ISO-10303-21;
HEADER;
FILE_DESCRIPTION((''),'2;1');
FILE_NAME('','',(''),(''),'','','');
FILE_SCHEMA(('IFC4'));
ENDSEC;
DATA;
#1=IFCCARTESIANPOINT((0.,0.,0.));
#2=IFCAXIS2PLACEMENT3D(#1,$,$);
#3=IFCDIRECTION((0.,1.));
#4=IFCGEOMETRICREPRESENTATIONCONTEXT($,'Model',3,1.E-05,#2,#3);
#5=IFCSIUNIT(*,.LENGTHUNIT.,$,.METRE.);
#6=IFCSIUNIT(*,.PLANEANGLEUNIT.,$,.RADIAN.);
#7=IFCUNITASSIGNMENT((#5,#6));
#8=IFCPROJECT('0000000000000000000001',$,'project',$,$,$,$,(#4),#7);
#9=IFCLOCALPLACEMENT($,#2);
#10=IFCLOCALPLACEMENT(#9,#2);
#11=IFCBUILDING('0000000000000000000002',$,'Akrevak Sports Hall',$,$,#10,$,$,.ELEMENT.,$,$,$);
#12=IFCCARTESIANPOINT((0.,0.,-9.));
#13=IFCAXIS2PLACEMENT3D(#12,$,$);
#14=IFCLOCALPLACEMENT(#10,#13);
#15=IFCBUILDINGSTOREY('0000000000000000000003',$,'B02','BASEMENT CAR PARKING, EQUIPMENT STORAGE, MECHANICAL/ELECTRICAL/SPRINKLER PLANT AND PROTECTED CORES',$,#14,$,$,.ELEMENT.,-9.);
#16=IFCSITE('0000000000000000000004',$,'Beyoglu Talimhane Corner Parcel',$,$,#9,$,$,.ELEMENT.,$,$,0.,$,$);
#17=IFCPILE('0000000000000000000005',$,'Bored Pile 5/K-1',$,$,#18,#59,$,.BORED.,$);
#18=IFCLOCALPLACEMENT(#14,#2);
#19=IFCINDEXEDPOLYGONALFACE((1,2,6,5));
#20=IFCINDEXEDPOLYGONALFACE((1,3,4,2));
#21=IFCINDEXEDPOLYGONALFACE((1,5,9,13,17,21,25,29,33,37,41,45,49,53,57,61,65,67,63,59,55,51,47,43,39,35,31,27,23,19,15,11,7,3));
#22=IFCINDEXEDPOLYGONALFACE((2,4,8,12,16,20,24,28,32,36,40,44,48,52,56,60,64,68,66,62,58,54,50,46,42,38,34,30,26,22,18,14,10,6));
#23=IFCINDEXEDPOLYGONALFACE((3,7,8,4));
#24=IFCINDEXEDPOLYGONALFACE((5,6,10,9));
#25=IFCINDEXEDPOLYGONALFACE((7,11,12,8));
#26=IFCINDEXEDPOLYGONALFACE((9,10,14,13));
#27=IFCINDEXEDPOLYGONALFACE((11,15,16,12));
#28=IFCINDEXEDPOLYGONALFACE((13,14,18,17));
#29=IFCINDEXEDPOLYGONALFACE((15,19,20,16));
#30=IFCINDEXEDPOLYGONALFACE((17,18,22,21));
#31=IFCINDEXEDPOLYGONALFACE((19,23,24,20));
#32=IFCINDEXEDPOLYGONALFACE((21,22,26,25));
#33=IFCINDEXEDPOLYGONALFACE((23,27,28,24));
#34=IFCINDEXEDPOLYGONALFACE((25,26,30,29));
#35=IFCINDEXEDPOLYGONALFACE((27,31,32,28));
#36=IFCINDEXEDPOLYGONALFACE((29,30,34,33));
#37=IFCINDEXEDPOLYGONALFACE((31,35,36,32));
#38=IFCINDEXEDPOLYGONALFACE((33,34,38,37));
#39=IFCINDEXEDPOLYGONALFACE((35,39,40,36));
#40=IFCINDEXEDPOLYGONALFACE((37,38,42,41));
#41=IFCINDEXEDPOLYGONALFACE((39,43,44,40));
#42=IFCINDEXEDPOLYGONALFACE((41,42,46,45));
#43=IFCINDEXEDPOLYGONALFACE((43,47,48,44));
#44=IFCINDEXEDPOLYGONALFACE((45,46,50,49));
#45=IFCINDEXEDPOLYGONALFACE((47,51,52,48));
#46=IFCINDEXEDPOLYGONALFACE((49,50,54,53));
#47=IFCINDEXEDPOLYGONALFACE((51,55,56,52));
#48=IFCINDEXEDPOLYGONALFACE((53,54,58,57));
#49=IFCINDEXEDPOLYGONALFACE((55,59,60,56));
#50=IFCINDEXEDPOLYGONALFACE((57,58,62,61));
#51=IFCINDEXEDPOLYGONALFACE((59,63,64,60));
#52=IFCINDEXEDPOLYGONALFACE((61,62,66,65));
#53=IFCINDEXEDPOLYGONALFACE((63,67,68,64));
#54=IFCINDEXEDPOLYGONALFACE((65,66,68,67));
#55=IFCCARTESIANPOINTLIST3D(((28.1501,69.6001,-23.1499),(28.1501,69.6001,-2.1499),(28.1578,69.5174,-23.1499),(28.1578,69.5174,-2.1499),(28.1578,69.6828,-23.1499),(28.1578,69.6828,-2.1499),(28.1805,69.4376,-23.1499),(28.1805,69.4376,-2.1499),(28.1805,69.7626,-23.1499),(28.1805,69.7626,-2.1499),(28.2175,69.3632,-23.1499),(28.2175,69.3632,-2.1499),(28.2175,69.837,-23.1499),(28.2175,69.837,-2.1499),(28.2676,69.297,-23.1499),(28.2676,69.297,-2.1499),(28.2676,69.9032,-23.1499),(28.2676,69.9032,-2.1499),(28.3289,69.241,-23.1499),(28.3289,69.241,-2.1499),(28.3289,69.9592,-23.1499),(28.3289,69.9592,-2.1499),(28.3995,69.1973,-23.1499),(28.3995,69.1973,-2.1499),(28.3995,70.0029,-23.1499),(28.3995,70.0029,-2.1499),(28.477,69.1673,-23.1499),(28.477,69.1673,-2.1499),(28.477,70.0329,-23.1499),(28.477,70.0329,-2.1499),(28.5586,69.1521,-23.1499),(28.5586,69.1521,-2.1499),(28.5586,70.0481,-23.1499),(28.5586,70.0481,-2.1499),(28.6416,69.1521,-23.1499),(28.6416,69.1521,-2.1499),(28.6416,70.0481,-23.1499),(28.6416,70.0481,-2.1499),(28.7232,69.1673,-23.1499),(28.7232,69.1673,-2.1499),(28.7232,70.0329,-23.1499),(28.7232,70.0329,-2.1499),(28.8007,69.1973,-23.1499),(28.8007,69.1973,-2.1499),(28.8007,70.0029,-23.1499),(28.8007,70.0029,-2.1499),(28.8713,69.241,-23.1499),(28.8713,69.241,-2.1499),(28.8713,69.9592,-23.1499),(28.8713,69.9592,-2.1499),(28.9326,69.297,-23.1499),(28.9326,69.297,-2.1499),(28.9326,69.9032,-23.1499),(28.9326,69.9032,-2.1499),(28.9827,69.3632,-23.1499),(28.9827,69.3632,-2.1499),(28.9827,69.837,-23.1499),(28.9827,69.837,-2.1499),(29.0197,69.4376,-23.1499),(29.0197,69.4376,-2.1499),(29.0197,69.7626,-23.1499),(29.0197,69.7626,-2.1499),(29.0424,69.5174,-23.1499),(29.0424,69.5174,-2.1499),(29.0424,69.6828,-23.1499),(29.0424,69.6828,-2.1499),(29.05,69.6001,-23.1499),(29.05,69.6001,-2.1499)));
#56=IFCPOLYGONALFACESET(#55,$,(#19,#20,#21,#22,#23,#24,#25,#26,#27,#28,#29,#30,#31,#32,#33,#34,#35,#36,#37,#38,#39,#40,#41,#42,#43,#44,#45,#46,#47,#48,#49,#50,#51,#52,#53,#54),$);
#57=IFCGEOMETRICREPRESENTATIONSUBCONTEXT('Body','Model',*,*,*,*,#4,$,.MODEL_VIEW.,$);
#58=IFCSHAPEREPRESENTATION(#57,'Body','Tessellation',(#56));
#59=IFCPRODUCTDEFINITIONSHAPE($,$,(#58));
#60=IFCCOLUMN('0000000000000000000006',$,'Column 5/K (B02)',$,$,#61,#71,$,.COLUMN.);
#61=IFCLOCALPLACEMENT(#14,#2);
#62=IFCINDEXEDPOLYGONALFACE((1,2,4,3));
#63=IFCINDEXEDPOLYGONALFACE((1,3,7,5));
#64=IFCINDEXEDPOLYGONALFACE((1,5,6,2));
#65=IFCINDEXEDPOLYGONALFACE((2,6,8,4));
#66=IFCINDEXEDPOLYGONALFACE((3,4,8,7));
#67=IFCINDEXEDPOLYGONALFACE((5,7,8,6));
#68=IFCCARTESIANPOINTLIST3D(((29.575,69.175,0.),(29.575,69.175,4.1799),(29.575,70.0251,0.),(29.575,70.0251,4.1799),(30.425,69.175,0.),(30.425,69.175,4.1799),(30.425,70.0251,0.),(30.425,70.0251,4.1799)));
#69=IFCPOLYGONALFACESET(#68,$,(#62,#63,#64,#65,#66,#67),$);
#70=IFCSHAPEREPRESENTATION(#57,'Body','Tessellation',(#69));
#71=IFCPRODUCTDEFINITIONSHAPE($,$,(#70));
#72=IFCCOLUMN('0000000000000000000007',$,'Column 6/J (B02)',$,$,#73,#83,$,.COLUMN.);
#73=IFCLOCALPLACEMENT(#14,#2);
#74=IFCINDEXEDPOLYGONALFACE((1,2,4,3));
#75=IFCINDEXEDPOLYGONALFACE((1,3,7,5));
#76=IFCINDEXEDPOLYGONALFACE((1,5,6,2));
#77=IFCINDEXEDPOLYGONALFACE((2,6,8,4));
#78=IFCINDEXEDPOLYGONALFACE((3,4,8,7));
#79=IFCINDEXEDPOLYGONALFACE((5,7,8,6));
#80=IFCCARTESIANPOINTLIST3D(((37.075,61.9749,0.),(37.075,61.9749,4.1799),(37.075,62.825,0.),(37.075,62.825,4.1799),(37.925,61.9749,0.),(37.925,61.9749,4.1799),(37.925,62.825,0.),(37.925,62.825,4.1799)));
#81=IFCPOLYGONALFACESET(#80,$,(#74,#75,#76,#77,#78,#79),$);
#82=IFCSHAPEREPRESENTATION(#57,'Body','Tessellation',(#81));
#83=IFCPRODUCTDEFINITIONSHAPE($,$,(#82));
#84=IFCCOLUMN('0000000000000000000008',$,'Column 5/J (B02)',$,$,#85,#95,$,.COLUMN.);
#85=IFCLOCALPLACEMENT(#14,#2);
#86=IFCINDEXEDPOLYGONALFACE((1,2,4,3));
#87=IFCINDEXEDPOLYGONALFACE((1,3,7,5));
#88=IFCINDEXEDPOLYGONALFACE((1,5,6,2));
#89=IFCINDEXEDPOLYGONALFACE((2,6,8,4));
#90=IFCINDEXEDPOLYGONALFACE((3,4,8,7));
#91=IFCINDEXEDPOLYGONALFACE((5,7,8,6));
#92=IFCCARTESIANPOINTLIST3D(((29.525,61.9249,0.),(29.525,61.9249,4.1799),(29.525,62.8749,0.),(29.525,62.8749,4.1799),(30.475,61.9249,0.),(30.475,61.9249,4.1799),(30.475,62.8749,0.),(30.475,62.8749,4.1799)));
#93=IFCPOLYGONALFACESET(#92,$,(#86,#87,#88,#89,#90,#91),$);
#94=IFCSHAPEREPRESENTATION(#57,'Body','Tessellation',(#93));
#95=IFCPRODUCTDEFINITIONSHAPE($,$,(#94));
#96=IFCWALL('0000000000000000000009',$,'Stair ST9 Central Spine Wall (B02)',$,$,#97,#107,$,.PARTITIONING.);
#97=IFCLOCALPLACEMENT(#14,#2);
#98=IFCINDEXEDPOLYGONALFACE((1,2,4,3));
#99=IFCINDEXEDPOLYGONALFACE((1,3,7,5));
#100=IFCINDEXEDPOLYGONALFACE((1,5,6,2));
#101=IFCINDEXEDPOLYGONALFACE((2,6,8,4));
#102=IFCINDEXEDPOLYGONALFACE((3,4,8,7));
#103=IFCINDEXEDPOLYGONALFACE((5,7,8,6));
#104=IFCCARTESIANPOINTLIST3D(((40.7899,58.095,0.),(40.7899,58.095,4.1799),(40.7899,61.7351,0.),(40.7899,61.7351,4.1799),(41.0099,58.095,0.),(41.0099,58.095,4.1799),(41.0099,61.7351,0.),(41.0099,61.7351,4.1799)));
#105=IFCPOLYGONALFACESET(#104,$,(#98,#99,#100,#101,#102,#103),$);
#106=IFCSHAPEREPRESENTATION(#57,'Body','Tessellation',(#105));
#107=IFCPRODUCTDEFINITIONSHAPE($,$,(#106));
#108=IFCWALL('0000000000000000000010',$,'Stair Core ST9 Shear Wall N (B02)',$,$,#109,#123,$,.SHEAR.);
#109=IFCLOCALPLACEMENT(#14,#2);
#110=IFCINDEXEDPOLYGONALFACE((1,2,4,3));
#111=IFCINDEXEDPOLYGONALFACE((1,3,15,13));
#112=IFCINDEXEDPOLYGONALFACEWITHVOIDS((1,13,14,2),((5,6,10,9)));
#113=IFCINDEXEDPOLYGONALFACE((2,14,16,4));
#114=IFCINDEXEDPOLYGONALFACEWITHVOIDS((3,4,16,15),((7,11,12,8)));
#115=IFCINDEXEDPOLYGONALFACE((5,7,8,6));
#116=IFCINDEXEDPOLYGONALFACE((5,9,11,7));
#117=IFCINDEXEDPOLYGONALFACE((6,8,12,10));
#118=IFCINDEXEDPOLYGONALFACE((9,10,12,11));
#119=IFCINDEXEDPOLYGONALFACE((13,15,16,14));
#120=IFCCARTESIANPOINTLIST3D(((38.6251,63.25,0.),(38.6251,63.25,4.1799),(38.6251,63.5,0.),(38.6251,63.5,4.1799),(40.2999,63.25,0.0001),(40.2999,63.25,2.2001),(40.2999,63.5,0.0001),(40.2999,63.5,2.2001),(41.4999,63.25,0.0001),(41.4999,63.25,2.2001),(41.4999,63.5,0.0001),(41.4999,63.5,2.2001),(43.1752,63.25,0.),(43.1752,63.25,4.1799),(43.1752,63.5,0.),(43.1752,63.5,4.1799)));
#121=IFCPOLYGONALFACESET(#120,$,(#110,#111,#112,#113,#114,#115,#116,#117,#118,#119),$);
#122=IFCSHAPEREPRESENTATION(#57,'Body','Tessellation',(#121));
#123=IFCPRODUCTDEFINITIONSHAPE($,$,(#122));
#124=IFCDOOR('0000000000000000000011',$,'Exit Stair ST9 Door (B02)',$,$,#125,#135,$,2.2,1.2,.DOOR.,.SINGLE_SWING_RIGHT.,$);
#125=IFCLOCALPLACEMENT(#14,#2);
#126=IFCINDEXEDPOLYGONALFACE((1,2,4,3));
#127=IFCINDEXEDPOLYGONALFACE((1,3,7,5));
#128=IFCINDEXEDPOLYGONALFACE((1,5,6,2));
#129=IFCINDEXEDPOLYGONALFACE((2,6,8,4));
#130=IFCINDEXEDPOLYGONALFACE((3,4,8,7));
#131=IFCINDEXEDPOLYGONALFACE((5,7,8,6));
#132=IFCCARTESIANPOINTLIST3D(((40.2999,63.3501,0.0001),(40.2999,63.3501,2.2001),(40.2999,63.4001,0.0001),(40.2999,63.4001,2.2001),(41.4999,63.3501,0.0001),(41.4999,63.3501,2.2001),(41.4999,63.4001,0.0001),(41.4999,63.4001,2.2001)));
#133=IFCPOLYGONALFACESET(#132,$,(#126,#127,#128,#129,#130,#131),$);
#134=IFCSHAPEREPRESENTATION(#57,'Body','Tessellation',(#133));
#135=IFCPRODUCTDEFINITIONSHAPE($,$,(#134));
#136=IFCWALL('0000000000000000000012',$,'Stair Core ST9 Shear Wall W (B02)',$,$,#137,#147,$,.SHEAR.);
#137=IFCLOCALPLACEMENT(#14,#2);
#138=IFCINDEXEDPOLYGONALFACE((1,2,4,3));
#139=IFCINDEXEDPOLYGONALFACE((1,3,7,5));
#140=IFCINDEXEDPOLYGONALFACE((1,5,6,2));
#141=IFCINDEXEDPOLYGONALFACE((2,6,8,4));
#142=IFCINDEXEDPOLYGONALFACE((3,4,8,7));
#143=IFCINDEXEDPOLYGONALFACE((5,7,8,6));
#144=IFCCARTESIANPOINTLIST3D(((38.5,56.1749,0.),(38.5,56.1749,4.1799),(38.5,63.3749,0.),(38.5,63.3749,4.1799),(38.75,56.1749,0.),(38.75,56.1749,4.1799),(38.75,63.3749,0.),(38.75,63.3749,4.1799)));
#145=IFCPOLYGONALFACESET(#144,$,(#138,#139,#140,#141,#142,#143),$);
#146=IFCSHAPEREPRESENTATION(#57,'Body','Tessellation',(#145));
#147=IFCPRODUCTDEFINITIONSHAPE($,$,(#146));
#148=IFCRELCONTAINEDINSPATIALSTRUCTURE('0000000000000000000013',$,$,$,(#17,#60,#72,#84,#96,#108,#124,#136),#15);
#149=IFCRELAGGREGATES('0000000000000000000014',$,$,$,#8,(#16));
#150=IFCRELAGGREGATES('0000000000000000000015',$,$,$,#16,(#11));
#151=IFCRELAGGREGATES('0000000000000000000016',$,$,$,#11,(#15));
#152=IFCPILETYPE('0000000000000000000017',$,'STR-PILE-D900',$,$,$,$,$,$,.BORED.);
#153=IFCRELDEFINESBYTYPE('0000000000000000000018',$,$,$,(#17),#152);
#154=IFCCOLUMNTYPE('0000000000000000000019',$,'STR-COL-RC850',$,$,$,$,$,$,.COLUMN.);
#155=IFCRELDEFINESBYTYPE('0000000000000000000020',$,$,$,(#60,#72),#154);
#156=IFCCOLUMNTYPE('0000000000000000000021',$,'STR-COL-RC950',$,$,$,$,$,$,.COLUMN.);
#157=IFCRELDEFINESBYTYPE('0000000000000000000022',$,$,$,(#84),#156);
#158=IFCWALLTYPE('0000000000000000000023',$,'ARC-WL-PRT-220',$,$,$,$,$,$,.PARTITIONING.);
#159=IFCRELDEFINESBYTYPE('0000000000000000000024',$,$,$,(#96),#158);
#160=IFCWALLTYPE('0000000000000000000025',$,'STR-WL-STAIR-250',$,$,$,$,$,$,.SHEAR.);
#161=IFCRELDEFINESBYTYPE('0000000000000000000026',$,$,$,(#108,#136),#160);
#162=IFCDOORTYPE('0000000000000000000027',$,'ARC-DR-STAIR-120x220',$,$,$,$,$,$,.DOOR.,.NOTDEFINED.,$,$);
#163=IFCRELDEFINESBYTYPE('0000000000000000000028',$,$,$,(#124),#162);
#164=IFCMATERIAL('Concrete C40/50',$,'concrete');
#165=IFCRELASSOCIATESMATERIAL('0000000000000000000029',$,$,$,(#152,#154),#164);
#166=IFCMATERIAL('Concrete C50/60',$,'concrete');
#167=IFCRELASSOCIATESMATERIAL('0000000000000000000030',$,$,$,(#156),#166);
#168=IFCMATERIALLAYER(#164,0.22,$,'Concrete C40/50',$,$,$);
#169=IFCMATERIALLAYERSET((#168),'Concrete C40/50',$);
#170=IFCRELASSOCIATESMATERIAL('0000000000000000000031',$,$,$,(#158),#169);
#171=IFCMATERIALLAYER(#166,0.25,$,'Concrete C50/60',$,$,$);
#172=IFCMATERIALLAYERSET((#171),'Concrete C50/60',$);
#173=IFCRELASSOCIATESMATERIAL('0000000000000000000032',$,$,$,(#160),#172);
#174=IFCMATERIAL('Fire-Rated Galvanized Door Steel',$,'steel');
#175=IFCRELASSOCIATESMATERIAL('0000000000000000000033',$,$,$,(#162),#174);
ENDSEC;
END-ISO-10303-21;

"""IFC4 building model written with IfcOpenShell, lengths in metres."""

from ifc_helpers import new_model, si_unit, direction, frame, frame_2d, origin, origin_2d, place, context, subcontext, project, spatial, rectangle, circle, extrude, material, layer, layer_set, material_profile, profile_set, type_object, element, fill, save


model = new_model("IFC4")

# Units and contexts
model_context = context("Model", 3, precision=1e-05, world=origin(), true_north=direction((0.0, 1.0)))
body_context = subcontext(model_context, "Body", "Model", "MODEL_VIEW")
ifc_project = project(units=[si_unit("LENGTHUNIT", "METRE"), si_unit("PLANEANGLEUNIT", "RADIAN")], contexts=[model_context])

# Site, building, storey
site_placement = place(None, origin())
site = spatial("IfcSite", under=ifc_project, at=site_placement, Name="Beyoglu Talimhane Corner Parcel", CompositionType="ELEMENT", RefElevation=0.0)
building_placement = place(site_placement, origin())
building = spatial("IfcBuilding", under=site, at=building_placement, Name="Akrevak Sports Hall", CompositionType="ELEMENT")
storey_placement = place(building_placement, frame((0.0, 0.0, -9.0)))
storey = spatial("IfcBuildingStorey", under=building, at=storey_placement, Name="B02", Description="BASEMENT CAR PARKING, EQUIPMENT STORAGE, MECHANICAL/ELECTRICAL/SPRINKLER PLANT AND PROTECTED CORES", CompositionType="ELEMENT", Elevation=-9.0)

# Shared definitions
ifc_material_1 = material(Name="Concrete C40/50", Category="concrete")

# Pile
ifc_material_profile_1 = material_profile(ifc_material_1, circle(Radius=0.45, at=origin_2d()), Name="BORED PILE D900", Category="concrete")
ifc_profile_set_1 = profile_set([ifc_material_profile_1], Name="Concrete C40/50")
pile_type_1 = type_object("IfcPileType", Name="STR-PILE-D900", PredefinedType="BORED", material=ifc_profile_set_1)
pile_placement = place(storey_placement, frame((28.6001, 69.6001, -2.1499), z_axis=(0.0, 0.0, -1.0), x_axis=(1.0, 0.0, 0.0)))
element("IfcPile", 1, at=pile_placement, inside=storey, type_object=pile_type_1, Name="Bored Pile 5/K-1", PredefinedType="BORED", context=body_context, shape_type="SweptSolid", body=[
    extrude(circle(Radius=0.45, at=origin_2d()), origin(), (0.0, 0.0, 1.0), 21.0),
])

# Columns
ifc_material_profile_2 = material_profile(ifc_material_1, rectangle(XDim=0.8501, YDim=0.8501, at=origin_2d()), Name="RC 850x850", Category="concrete")
ifc_profile_set_2 = profile_set([ifc_material_profile_2], Name="Concrete C40/50")
column_type_1 = type_object("IfcColumnType", Name="STR-COL-RC850", PredefinedType="COLUMN", material=ifc_profile_set_2)
for number, where, z_axis, x_axis, name in (
    (2, (30.0, 69.6001, 0.0), (0.0, 0.0, 1.0), (1.0, 0.0, 0.0), "Column 5/K (B02)"),
    (3, (37.5, 62.3999, 0.0), (0.0, 0.0, 1.0), (1.0, 0.0, 0.0), "Column 6/J (B02)"),
):
    element("IfcColumn", number, at=place(storey_placement, frame(where, z_axis=z_axis, x_axis=x_axis)), inside=storey, type_object=column_type_1, Name=name, PredefinedType="COLUMN", context=body_context, shape_type="SweptSolid", body=[
        extrude(rectangle(XDim=0.8501, YDim=0.8501, at=origin_2d()), origin(), (0.0, 0.0, 1.0), 4.1799),
    ])
ifc_material_2 = material(Name="Concrete C50/60", Category="concrete")
ifc_material_profile_3 = material_profile(ifc_material_2, rectangle(XDim=0.95, YDim=0.95, at=origin_2d()), Name="RC 950x950", Category="concrete")
ifc_profile_set_3 = profile_set([ifc_material_profile_3], Name="Concrete C50/60")
column_type_2 = type_object("IfcColumnType", Name="STR-COL-RC950", PredefinedType="COLUMN", material=ifc_profile_set_3)
column_placement = place(storey_placement, frame((30.0, 62.3999, 0.0), z_axis=(0.0, 0.0, 1.0), x_axis=(1.0, 0.0, 0.0)))
element("IfcColumn", 4, at=column_placement, inside=storey, type_object=column_type_2, Name="Column 5/J (B02)", PredefinedType="COLUMN", context=body_context, shape_type="SweptSolid", body=[
    extrude(rectangle(XDim=0.95, YDim=0.95, at=origin_2d()), origin(), (0.0, 0.0, 1.0), 4.1799),
])

# Wall
ifc_layer_1 = layer(ifc_material_1, 0.22, Name="Concrete C40/50")
ifc_layer_set_1 = layer_set([ifc_layer_1], Name="Concrete C40/50")
wall_type_1 = type_object("IfcWallType", Name="ARC-WL-PRT-220", PredefinedType="PARTITIONING", material=ifc_layer_set_1)
wall_1_placement = place(storey_placement, frame((40.8999, 58.095, 0.0), z_axis=(0.0, 0.0, 1.0), x_axis=(0.0, 1.0, 0.0)))
element("IfcWall", 5, at=wall_1_placement, inside=storey, type_object=wall_type_1, Name="Stair ST9 Central Spine Wall (B02)", PredefinedType="PARTITIONING", context=body_context, shape_type="SweptSolid", body=[
    extrude(rectangle(XDim=3.6401, YDim=0.22, at=frame_2d((1.8201, 0.0))), origin(), (0.0, 0.0, 1.0), 4.1799),
])

# Wall, opening, door
ifc_layer_2 = layer(ifc_material_2, 0.25, Name="Concrete C50/60")
ifc_layer_set_2 = layer_set([ifc_layer_2], Name="Concrete C50/60")
wall_type_2 = type_object("IfcWallType", Name="STR-WL-STAIR-250", PredefinedType="SHEAR", material=ifc_layer_set_2)
wall_2_placement = place(storey_placement, frame((43.175, 63.375, 0.0), z_axis=(0.0, 0.0, 1.0), x_axis=(-1.0, 0.0, 0.0)))
wall_2 = element("IfcWall", 6, at=wall_2_placement, inside=storey, type_object=wall_type_2, Name="Stair Core ST9 Shear Wall N (B02)", PredefinedType="SHEAR", context=body_context, shape_type="SweptSolid", body=[
    extrude(rectangle(XDim=4.55, YDim=0.25, at=frame_2d((2.2749, 0.0))), origin(), (0.0, 0.0, 1.0), 4.1799),
])
opening_placement = place(wall_2_placement, frame((1.675, 0.0, 0.0)))
opening = element("IfcOpeningElement", 7, at=opening_placement, cuts=wall_2, PredefinedType="OPENING", context=body_context, shape_type="SweptSolid", body=[
    extrude(rectangle(XDim=1.2, YDim=2.2, at=frame_2d((0.6001, 1.1001))), frame((0.0, 0.137, 0.0), z_axis=(0.0, -1.0, 0.0), x_axis=(1.0, 0.0, 0.0)), (0.0, 0.0, 1.0), 0.2739),
])
ifc_material_3 = material(Name="Fire-Rated Galvanized Door Steel", Category="steel")
door_type = type_object("IfcDoorType", Name="ARC-DR-STAIR-120x220", OperationType="NOTDEFINED", PredefinedType="DOOR", material=ifc_material_3)
door_placement = place(opening_placement, origin())
door = element("IfcDoor", 8, at=door_placement, inside=storey, type_object=door_type, Name="Exit Stair ST9 Door (B02)", OperationType="SINGLE_SWING_RIGHT", OverallHeight=2.2, OverallWidth=1.2, PredefinedType="DOOR", context=body_context, shape_type="SweptSolid", body=[
    extrude(rectangle(XDim=1.2, YDim=2.2, at=frame_2d((0.6001, 1.1001))), frame((0.0, 0.0249, 0.0), z_axis=(0.0, -1.0, 0.0), x_axis=(1.0, 0.0, 0.0)), (0.0, 0.0, 1.0), 0.05),
])
fill(opening, door)

# Wall
wall_3_placement = place(storey_placement, frame((38.625, 63.375, 0.0), z_axis=(0.0, 0.0, 1.0), x_axis=(0.0, -1.0, 0.0)))
element("IfcWall", 9, at=wall_3_placement, inside=storey, type_object=wall_type_2, Name="Stair Core ST9 Shear Wall W (B02)", PredefinedType="SHEAR", context=body_context, shape_type="SweptSolid", body=[
    extrude(rectangle(XDim=7.2, YDim=0.25, at=frame_2d((3.6001, 0.0))), origin(), (0.0, 0.0, 1.0), 4.1799),
])

save(model, "model.ifc")
